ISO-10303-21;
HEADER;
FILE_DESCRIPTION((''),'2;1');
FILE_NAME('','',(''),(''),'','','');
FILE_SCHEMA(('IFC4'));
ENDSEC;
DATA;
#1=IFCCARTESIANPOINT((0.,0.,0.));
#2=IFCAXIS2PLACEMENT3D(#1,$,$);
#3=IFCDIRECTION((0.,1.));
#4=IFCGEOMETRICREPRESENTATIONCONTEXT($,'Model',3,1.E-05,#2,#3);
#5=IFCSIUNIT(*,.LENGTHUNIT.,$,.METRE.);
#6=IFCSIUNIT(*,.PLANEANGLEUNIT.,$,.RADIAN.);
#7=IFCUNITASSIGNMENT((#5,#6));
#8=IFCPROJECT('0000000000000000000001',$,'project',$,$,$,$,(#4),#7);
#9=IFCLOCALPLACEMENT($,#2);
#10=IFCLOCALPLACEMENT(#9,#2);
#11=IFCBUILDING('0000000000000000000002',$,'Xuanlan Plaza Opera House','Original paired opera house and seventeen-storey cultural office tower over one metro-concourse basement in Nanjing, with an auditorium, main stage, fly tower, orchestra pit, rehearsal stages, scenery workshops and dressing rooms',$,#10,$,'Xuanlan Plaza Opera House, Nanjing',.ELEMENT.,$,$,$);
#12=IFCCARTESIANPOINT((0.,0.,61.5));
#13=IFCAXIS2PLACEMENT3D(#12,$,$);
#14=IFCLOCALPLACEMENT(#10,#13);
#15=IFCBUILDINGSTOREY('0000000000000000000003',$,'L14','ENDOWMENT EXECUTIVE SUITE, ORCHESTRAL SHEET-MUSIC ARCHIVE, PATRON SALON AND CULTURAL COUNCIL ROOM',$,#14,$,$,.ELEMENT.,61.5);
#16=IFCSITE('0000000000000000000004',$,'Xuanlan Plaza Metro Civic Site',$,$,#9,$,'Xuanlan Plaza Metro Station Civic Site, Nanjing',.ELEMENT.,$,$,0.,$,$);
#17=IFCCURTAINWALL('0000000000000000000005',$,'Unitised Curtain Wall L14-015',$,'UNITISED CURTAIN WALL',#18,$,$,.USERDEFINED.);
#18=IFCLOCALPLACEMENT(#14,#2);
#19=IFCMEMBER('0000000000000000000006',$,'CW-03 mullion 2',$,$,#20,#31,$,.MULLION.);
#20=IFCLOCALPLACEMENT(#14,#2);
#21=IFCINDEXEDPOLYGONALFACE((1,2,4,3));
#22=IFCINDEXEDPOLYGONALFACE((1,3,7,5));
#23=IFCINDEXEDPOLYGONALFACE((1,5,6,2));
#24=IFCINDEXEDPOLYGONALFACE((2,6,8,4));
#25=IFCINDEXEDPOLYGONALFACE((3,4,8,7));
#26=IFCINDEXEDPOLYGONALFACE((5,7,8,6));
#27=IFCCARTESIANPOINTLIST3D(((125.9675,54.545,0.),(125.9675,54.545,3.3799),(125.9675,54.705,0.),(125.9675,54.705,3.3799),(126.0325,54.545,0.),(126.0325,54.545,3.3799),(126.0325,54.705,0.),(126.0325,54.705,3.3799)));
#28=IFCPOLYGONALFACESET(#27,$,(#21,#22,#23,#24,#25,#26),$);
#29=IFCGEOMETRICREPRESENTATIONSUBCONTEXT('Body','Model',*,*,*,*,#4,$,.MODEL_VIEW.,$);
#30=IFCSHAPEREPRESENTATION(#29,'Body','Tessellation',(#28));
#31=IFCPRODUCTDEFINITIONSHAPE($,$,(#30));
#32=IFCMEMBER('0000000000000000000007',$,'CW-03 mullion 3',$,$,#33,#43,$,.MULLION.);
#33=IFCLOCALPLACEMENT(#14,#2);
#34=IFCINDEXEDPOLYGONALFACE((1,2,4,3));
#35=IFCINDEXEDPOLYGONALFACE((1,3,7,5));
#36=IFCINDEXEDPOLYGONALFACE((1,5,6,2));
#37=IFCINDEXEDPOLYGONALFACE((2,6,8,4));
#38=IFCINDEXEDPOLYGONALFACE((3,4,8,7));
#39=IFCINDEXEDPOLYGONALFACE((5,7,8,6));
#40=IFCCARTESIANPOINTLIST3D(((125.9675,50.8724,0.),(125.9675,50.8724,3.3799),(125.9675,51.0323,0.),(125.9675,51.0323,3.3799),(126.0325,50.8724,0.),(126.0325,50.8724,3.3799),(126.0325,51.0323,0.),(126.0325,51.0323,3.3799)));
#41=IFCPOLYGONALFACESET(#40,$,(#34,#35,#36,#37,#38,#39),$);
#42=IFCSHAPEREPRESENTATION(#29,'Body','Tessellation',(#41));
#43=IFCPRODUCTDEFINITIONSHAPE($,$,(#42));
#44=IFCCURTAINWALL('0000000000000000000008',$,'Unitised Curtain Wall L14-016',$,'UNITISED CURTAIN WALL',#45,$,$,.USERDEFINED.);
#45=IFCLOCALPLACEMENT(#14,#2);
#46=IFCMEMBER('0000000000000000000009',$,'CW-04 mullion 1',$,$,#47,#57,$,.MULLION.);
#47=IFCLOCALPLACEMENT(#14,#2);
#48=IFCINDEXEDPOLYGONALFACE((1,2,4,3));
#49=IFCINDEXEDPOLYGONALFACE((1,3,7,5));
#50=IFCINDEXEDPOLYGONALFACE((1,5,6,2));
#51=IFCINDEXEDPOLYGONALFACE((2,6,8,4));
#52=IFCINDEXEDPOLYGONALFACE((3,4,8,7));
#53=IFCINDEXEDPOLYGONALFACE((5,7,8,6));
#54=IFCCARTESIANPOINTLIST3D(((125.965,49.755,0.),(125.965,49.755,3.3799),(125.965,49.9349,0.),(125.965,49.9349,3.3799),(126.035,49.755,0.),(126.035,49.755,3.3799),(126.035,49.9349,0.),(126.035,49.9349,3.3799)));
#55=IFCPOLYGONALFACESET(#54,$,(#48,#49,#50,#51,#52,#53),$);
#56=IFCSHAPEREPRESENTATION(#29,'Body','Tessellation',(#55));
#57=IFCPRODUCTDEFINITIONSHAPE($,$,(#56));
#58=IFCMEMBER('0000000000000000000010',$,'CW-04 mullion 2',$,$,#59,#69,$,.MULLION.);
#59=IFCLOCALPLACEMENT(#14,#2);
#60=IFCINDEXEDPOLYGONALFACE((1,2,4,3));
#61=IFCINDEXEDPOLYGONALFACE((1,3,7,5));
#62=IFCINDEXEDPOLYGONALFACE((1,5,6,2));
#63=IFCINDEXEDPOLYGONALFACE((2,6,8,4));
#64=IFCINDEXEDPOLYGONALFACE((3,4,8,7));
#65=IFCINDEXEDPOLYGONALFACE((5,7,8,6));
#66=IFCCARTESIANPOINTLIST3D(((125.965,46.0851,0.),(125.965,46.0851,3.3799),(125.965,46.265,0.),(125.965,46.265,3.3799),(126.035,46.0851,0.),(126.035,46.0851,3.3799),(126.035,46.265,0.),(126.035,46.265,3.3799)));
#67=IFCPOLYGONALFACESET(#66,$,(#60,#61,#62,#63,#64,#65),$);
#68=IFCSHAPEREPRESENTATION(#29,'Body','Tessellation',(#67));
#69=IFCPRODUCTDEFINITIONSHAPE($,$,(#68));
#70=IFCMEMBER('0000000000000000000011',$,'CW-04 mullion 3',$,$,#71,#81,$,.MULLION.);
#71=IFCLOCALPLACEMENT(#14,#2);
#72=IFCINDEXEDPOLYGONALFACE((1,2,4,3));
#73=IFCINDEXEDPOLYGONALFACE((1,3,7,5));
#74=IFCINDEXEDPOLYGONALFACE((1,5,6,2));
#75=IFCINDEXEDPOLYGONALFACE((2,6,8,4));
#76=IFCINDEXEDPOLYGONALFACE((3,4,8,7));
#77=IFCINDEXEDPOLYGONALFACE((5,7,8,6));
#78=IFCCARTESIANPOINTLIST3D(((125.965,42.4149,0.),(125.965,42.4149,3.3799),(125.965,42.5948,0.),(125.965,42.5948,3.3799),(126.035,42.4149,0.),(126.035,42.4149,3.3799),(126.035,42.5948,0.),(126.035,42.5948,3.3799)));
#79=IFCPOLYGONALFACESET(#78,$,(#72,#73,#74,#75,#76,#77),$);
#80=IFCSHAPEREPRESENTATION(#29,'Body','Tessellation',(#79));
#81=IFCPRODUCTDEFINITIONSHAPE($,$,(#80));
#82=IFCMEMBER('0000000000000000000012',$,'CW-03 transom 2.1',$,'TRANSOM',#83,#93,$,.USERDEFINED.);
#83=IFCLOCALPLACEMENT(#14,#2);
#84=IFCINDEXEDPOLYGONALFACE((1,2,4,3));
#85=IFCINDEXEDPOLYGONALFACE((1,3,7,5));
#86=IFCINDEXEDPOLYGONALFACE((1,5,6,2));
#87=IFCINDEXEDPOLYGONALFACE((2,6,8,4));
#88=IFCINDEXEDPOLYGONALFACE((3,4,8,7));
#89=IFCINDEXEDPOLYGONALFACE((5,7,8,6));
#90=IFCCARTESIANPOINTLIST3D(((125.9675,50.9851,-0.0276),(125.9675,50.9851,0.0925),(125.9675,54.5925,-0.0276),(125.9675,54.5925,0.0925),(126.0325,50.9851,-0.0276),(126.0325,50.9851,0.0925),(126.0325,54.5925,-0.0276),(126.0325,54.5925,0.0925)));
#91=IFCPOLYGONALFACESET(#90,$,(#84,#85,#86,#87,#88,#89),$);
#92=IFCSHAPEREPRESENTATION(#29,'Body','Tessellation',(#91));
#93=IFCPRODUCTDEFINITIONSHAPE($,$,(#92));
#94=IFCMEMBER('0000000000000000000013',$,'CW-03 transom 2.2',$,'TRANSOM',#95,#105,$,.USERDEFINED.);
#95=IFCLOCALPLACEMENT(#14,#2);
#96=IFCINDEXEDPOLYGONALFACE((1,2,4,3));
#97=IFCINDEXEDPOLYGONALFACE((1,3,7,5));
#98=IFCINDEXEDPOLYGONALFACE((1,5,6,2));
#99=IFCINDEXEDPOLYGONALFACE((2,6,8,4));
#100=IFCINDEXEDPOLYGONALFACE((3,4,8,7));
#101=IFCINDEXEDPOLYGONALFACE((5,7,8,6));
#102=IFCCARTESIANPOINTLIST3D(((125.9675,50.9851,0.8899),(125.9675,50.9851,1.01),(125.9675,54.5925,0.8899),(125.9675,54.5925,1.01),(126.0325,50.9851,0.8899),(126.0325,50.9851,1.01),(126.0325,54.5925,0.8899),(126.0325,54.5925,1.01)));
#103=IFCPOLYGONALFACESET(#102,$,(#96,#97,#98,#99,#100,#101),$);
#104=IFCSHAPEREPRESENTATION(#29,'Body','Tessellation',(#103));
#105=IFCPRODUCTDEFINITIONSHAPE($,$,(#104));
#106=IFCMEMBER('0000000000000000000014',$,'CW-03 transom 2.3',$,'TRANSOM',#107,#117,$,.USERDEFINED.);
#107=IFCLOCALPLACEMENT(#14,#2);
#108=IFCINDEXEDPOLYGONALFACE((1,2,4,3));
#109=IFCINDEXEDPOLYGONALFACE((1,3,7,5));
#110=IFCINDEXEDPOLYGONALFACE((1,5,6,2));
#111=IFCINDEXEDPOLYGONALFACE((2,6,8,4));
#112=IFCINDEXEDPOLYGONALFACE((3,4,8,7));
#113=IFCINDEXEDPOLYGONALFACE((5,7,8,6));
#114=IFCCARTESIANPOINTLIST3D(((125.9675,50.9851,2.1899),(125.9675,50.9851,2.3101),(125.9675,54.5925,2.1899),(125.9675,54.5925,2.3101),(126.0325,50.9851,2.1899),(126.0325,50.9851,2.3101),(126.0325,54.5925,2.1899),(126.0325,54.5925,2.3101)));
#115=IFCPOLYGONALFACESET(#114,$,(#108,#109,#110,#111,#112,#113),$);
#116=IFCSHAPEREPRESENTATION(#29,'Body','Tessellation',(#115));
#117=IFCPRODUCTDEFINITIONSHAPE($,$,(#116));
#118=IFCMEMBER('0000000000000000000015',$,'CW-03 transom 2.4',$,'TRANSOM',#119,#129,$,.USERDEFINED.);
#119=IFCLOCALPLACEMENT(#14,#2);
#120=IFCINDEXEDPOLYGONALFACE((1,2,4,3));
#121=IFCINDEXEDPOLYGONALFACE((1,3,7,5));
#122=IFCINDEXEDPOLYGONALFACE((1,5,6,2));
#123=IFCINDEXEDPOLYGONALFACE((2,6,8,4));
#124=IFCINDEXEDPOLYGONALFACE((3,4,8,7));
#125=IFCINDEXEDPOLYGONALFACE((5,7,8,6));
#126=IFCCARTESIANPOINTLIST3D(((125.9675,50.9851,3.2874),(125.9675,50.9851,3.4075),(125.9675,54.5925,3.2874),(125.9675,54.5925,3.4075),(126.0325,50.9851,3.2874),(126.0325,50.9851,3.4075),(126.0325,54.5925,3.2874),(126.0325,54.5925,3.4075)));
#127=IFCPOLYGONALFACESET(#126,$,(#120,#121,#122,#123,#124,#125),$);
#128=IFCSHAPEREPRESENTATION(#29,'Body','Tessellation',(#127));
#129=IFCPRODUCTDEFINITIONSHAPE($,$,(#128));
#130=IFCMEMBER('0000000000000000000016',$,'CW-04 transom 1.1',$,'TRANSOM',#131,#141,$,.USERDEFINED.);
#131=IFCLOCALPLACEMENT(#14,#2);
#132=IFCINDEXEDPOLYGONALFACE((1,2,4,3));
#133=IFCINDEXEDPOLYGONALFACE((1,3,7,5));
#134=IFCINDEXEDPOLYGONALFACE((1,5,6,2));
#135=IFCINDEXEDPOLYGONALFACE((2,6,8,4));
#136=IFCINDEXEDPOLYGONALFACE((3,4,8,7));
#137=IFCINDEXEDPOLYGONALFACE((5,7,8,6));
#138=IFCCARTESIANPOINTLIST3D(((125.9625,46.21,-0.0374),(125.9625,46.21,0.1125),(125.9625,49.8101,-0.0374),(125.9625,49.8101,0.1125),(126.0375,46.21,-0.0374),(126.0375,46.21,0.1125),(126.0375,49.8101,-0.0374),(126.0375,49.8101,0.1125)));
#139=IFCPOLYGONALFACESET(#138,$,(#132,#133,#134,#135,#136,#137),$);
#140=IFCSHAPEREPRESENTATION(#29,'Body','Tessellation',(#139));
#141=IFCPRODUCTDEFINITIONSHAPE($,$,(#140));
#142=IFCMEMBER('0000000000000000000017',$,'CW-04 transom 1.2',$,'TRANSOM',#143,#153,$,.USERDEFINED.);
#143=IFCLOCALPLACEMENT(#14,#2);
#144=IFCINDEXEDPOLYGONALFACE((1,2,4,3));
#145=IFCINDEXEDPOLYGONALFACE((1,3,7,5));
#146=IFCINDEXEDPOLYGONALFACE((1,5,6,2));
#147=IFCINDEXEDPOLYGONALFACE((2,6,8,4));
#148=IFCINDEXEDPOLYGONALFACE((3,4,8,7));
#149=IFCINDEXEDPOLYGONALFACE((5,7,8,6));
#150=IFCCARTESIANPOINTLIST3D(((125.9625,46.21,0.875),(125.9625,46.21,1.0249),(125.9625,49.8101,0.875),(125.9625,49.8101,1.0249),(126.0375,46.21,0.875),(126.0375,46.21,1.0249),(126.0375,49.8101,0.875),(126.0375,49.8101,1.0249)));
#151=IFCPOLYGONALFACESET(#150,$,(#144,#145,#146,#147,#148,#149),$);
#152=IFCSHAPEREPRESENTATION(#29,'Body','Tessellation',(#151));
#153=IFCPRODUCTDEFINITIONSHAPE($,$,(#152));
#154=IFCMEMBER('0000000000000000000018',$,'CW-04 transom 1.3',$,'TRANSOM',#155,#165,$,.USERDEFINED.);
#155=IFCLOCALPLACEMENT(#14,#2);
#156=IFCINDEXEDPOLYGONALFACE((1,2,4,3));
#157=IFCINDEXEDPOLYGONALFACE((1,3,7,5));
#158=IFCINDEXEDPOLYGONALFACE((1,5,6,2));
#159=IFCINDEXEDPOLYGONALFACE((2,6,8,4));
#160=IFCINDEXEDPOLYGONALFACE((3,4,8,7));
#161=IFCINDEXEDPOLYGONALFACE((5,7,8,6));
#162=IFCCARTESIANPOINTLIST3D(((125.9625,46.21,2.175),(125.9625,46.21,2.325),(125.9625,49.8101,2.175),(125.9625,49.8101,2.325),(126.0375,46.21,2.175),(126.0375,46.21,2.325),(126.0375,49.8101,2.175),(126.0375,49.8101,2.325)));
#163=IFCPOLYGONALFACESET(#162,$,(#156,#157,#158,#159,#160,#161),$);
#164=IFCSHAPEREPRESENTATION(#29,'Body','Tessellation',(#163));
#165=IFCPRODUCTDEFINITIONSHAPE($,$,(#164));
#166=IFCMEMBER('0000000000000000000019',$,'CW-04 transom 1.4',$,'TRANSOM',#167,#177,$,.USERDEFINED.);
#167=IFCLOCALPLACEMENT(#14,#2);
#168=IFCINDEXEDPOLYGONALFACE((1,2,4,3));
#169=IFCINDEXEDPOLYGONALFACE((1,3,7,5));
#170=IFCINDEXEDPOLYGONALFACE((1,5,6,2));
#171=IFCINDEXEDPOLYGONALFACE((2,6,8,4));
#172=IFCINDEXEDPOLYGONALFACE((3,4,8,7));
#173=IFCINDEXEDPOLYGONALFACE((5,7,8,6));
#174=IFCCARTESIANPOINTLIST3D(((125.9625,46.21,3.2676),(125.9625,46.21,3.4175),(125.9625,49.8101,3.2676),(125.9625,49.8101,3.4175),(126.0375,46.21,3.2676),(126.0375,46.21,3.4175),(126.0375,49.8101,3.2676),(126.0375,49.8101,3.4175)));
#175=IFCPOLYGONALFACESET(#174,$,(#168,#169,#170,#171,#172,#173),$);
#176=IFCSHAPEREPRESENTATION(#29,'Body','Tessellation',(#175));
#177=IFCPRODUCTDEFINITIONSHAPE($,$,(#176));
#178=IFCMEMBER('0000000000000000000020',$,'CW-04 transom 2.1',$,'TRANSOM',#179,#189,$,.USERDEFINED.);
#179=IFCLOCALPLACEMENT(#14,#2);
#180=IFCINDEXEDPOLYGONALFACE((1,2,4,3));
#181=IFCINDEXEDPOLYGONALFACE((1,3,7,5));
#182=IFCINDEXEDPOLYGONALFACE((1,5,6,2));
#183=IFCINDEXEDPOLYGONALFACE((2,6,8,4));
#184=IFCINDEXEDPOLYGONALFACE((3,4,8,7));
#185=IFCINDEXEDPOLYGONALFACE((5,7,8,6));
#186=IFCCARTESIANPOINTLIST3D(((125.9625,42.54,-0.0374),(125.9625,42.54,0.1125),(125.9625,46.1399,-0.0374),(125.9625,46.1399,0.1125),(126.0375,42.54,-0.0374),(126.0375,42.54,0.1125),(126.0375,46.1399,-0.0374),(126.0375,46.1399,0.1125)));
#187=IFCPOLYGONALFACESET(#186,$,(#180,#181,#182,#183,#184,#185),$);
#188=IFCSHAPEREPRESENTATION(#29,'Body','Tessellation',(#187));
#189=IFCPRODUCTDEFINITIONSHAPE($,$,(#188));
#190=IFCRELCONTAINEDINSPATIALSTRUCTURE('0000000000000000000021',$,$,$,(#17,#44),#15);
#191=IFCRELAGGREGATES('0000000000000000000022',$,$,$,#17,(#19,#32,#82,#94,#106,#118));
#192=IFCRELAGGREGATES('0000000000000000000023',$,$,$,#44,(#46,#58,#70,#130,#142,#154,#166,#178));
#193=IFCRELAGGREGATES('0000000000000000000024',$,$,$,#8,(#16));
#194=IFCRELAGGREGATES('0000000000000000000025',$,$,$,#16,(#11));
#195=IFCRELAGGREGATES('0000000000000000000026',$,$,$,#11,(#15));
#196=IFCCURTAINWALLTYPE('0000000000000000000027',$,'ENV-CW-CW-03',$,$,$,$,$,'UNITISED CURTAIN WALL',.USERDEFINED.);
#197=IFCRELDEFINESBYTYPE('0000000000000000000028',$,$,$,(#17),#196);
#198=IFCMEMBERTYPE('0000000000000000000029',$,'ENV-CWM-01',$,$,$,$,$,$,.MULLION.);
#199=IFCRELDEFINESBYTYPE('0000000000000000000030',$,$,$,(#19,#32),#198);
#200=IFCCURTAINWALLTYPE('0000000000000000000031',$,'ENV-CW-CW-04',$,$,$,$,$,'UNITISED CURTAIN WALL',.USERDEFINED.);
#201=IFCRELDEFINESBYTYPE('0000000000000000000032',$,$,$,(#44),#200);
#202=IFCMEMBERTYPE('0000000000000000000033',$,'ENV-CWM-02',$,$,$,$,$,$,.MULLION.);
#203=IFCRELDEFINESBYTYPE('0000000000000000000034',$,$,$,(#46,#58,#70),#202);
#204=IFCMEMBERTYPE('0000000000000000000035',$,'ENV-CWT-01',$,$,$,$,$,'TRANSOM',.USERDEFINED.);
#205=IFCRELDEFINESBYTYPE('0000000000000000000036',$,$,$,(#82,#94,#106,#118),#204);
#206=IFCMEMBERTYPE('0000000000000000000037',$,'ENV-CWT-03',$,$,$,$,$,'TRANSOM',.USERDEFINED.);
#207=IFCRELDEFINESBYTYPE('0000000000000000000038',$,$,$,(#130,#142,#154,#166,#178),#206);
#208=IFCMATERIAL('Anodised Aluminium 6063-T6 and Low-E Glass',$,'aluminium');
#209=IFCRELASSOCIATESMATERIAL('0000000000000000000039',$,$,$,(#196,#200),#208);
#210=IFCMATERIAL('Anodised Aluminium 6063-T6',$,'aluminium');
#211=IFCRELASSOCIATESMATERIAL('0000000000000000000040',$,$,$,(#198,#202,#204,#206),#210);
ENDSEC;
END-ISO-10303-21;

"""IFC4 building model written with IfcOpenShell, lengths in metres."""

from ifc_helpers import new_model, si_unit, direction, frame, origin, origin_2d, place, context, subcontext, project, spatial, rectangle, extrude, material, material_profile, profile_set, type_object, element, aggregate, save


model = new_model("IFC4")

# Units and contexts
model_context = context("Model", 3, precision=1e-05, world=origin(), true_north=direction((0.0, 1.0)))
body_context = subcontext(model_context, "Body", "Model", "MODEL_VIEW")
ifc_project = project(units=[si_unit("LENGTHUNIT", "METRE"), si_unit("PLANEANGLEUNIT", "RADIAN")], contexts=[model_context])

# Site, building, storey
site_placement = place(None, origin())
site = spatial("IfcSite", under=ifc_project, at=site_placement, Name="Xuanlan Plaza Metro Civic Site", LongName="Xuanlan Plaza Metro Station Civic Site, Nanjing", CompositionType="ELEMENT", RefElevation=0.0)
building_placement = place(site_placement, origin())
building = spatial("IfcBuilding", under=site, at=building_placement, Name="Xuanlan Plaza Opera House", Description="Original paired opera house and seventeen-storey cultural office tower over one metro-concourse basement in Nanjing, with an auditorium, main stage, fly tower, orchestra pit, rehearsal stages, scenery workshops and dressing rooms", LongName="Xuanlan Plaza Opera House, Nanjing", CompositionType="ELEMENT")
storey_placement = place(building_placement, frame((0.0, 0.0, 61.5)))
storey = spatial("IfcBuildingStorey", under=building, at=storey_placement, Name="L14", Description="ENDOWMENT EXECUTIVE SUITE, ORCHESTRAL SHEET-MUSIC ARCHIVE, PATRON SALON AND CULTURAL COUNCIL ROOM", CompositionType="ELEMENT", Elevation=61.5)

# Curtain walls, members
ifc_material_1 = material(Name="Anodised Aluminium 6063-T6 and Low-E Glass", Category="aluminium")
curtain_wall_type_1 = type_object("IfcCurtainWallType", Name="ENV-CW-CW-03", ElementType="UNITISED CURTAIN WALL", PredefinedType="USERDEFINED", material=ifc_material_1)
curtain_wall_1_placement = place(storey_placement, origin())
curtain_wall_1 = element("IfcCurtainWall", 1, at=curtain_wall_1_placement, inside=storey, type_object=curtain_wall_type_1, Name="Unitised Curtain Wall L14-015", ObjectType="UNITISED CURTAIN WALL", PredefinedType="USERDEFINED")
ifc_material_2 = material(Name="Anodised Aluminium 6063-T6", Category="aluminium")
ifc_material_profile_1 = material_profile(ifc_material_2, rectangle(XDim=0.0649, YDim=0.1599, at=origin_2d()), Name="ALU-M 65x160")
ifc_profile_set_1 = profile_set([ifc_material_profile_1], Name="Anodised Aluminium 6063-T6")
member_type_1 = type_object("IfcMemberType", Name="ENV-CWM-01", PredefinedType="MULLION", material=ifc_profile_set_1)
member_1_placement = place(storey_placement, frame((126.0, 54.625, 0.0), z_axis=(0.0, 0.0, 1.0), x_axis=(1.0, 0.0, 0.0)))
member_1 = element("IfcMember", 2, at=member_1_placement, type_object=member_type_1, Name="CW-03 mullion 2", PredefinedType="MULLION", context=body_context, shape_type="SweptSolid", body=[
    extrude(rectangle(XDim=0.0649, YDim=0.1599, at=origin_2d()), origin(), (0.0, 0.0, 1.0), 3.3799),
])
member_2_placement = place(storey_placement, frame((126.0, 50.9524, 0.0), z_axis=(0.0, 0.0, 1.0), x_axis=(1.0, 0.0, 0.0)))
member_2 = element("IfcMember", 3, at=member_2_placement, type_object=member_type_1, Name="CW-03 mullion 3", PredefinedType="MULLION", context=body_context, shape_type="SweptSolid", body=[
    extrude(rectangle(XDim=0.0649, YDim=0.1599, at=origin_2d()), origin(), (0.0, 0.0, 1.0), 3.3799),
])
curtain_wall_type_2 = type_object("IfcCurtainWallType", Name="ENV-CW-CW-04", ElementType="UNITISED CURTAIN WALL", PredefinedType="USERDEFINED", material=ifc_material_1)
curtain_wall_2_placement = place(storey_placement, origin())
curtain_wall_2 = element("IfcCurtainWall", 4, at=curtain_wall_2_placement, inside=storey, type_object=curtain_wall_type_2, Name="Unitised Curtain Wall L14-016", ObjectType="UNITISED CURTAIN WALL", PredefinedType="USERDEFINED")
ifc_material_profile_2 = material_profile(ifc_material_2, rectangle(XDim=0.0701, YDim=0.1799, at=origin_2d()), Name="ALU-M 70x180")
ifc_profile_set_2 = profile_set([ifc_material_profile_2], Name="Anodised Aluminium 6063-T6")
member_type_2 = type_object("IfcMemberType", Name="ENV-CWM-02", PredefinedType="MULLION", material=ifc_profile_set_2)
member_3_placement = place(storey_placement, frame((126.0, 49.845, 0.0), z_axis=(0.0, 0.0, 1.0), x_axis=(1.0, 0.0, 0.0)))
member_3 = element("IfcMember", 5, at=member_3_placement, type_object=member_type_2, Name="CW-04 mullion 1", PredefinedType="MULLION", context=body_context, shape_type="SweptSolid", body=[
    extrude(rectangle(XDim=0.0701, YDim=0.1799, at=origin_2d()), origin(), (0.0, 0.0, 1.0), 3.3799),
])
member_4_placement = place(storey_placement, frame((126.0, 46.175, 0.0), z_axis=(0.0, 0.0, 1.0), x_axis=(1.0, 0.0, 0.0)))
member_4 = element("IfcMember", 6, at=member_4_placement, type_object=member_type_2, Name="CW-04 mullion 2", PredefinedType="MULLION", context=body_context, shape_type="SweptSolid", body=[
    extrude(rectangle(XDim=0.0701, YDim=0.1799, at=origin_2d()), origin(), (0.0, 0.0, 1.0), 3.3799),
])
member_5_placement = place(storey_placement, frame((126.0, 42.5049, 0.0), z_axis=(0.0, 0.0, 1.0), x_axis=(1.0, 0.0, 0.0)))
member_5 = element("IfcMember", 7, at=member_5_placement, type_object=member_type_2, Name="CW-04 mullion 3", PredefinedType="MULLION", context=body_context, shape_type="SweptSolid", body=[
    extrude(rectangle(XDim=0.0701, YDim=0.1799, at=origin_2d()), origin(), (0.0, 0.0, 1.0), 3.3799),
])

# Members
ifc_material_profile_3 = material_profile(ifc_material_2, rectangle(XDim=0.0649, YDim=0.1201, at=origin_2d()), Name="ALU-T 65x120")
ifc_profile_set_3 = profile_set([ifc_material_profile_3], Name="Anodised Aluminium 6063-T6")
member_type_3 = type_object("IfcMemberType", Name="ENV-CWT-01", ElementType="TRANSOM", PredefinedType="USERDEFINED", material=ifc_profile_set_3)
member_6_placement = place(storey_placement, frame((126.0, 54.5925, 0.0325), z_axis=(0.0, -1.0, 0.0), x_axis=(1.0, 0.0, 0.0)))
member_6 = element("IfcMember", 8, at=member_6_placement, type_object=member_type_3, Name="CW-03 transom 2.1", ObjectType="TRANSOM", PredefinedType="USERDEFINED", context=body_context, shape_type="SweptSolid", body=[
    extrude(rectangle(XDim=0.0649, YDim=0.1201, at=origin_2d()), origin(), (0.0, 0.0, 1.0), 3.6074),
])
member_7_placement = place(storey_placement, frame((126.0, 54.5925, 0.95), z_axis=(0.0, -1.0, 0.0), x_axis=(1.0, 0.0, 0.0)))
member_7 = element("IfcMember", 9, at=member_7_placement, type_object=member_type_3, Name="CW-03 transom 2.2", ObjectType="TRANSOM", PredefinedType="USERDEFINED", context=body_context, shape_type="SweptSolid", body=[
    extrude(rectangle(XDim=0.0649, YDim=0.1201, at=origin_2d()), origin(), (0.0, 0.0, 1.0), 3.6074),
])
member_8_placement = place(storey_placement, frame((126.0, 54.5925, 2.25), z_axis=(0.0, -1.0, 0.0), x_axis=(1.0, 0.0, 0.0)))
member_8 = element("IfcMember", 10, at=member_8_placement, type_object=member_type_3, Name="CW-03 transom 2.3", ObjectType="TRANSOM", PredefinedType="USERDEFINED", context=body_context, shape_type="SweptSolid", body=[
    extrude(rectangle(XDim=0.0649, YDim=0.1201, at=origin_2d()), origin(), (0.0, 0.0, 1.0), 3.6074),
])
member_9_placement = place(storey_placement, frame((126.0, 54.5925, 3.3474), z_axis=(0.0, -1.0, 0.0), x_axis=(1.0, 0.0, 0.0)))
member_9 = element("IfcMember", 11, at=member_9_placement, type_object=member_type_3, Name="CW-03 transom 2.4", ObjectType="TRANSOM", PredefinedType="USERDEFINED", context=body_context, shape_type="SweptSolid", body=[
    extrude(rectangle(XDim=0.0649, YDim=0.1201, at=origin_2d()), origin(), (0.0, 0.0, 1.0), 3.6074),
])
ifc_material_profile_4 = material_profile(ifc_material_2, rectangle(XDim=0.075, YDim=0.1499, at=origin_2d()), Name="ALU-T 75x150")
ifc_profile_set_4 = profile_set([ifc_material_profile_4], Name="Anodised Aluminium 6063-T6")
member_type_4 = type_object("IfcMemberType", Name="ENV-CWT-03", ElementType="TRANSOM", PredefinedType="USERDEFINED", material=ifc_profile_set_4)
member_10_placement = place(storey_placement, frame((126.0, 49.8101, 0.0376), z_axis=(0.0, -1.0, 0.0), x_axis=(1.0, 0.0, 0.0)))
member_10 = element("IfcMember", 12, at=member_10_placement, type_object=member_type_4, Name="CW-04 transom 1.1", ObjectType="TRANSOM", PredefinedType="USERDEFINED", context=body_context, shape_type="SweptSolid", body=[
    extrude(rectangle(XDim=0.075, YDim=0.1499, at=origin_2d()), origin(), (0.0, 0.0, 1.0), 3.6001),
])
member_11_placement = place(storey_placement, frame((126.0, 49.8101, 0.95), z_axis=(0.0, -1.0, 0.0), x_axis=(1.0, 0.0, 0.0)))
member_11 = element("IfcMember", 13, at=member_11_placement, type_object=member_type_4, Name="CW-04 transom 1.2", ObjectType="TRANSOM", PredefinedType="USERDEFINED", context=body_context, shape_type="SweptSolid", body=[
    extrude(rectangle(XDim=0.075, YDim=0.1499, at=origin_2d()), origin(), (0.0, 0.0, 1.0), 3.6001),
])
member_12_placement = place(storey_placement, frame((126.0, 49.8101, 2.25), z_axis=(0.0, -1.0, 0.0), x_axis=(1.0, 0.0, 0.0)))
member_12 = element("IfcMember", 14, at=member_12_placement, type_object=member_type_4, Name="CW-04 transom 1.3", ObjectType="TRANSOM", PredefinedType="USERDEFINED", context=body_context, shape_type="SweptSolid", body=[
    extrude(rectangle(XDim=0.075, YDim=0.1499, at=origin_2d()), origin(), (0.0, 0.0, 1.0), 3.6001),
])
member_13_placement = place(storey_placement, frame((126.0, 49.8101, 3.3425), z_axis=(0.0, -1.0, 0.0), x_axis=(1.0, 0.0, 0.0)))
member_13 = element("IfcMember", 15, at=member_13_placement, type_object=member_type_4, Name="CW-04 transom 1.4", ObjectType="TRANSOM", PredefinedType="USERDEFINED", context=body_context, shape_type="SweptSolid", body=[
    extrude(rectangle(XDim=0.075, YDim=0.1499, at=origin_2d()), origin(), (0.0, 0.0, 1.0), 3.6001),
])
member_14_placement = place(storey_placement, frame((126.0, 46.1399, 0.0376), z_axis=(0.0, -1.0, 0.0), x_axis=(1.0, 0.0, 0.0)))
member_14 = element("IfcMember", 16, at=member_14_placement, type_object=member_type_4, Name="CW-04 transom 2.1", ObjectType="TRANSOM", PredefinedType="USERDEFINED", context=body_context, shape_type="SweptSolid", body=[
    extrude(rectangle(XDim=0.075, YDim=0.1499, at=origin_2d()), origin(), (0.0, 0.0, 1.0), 3.5999),
])

aggregate(curtain_wall_1, [member_1, member_2, member_6, member_7, member_8, member_9])
aggregate(curtain_wall_2, [member_3, member_4, member_5, member_10, member_11, member_12, member_13, member_14])

save(model, "model.ifc")
